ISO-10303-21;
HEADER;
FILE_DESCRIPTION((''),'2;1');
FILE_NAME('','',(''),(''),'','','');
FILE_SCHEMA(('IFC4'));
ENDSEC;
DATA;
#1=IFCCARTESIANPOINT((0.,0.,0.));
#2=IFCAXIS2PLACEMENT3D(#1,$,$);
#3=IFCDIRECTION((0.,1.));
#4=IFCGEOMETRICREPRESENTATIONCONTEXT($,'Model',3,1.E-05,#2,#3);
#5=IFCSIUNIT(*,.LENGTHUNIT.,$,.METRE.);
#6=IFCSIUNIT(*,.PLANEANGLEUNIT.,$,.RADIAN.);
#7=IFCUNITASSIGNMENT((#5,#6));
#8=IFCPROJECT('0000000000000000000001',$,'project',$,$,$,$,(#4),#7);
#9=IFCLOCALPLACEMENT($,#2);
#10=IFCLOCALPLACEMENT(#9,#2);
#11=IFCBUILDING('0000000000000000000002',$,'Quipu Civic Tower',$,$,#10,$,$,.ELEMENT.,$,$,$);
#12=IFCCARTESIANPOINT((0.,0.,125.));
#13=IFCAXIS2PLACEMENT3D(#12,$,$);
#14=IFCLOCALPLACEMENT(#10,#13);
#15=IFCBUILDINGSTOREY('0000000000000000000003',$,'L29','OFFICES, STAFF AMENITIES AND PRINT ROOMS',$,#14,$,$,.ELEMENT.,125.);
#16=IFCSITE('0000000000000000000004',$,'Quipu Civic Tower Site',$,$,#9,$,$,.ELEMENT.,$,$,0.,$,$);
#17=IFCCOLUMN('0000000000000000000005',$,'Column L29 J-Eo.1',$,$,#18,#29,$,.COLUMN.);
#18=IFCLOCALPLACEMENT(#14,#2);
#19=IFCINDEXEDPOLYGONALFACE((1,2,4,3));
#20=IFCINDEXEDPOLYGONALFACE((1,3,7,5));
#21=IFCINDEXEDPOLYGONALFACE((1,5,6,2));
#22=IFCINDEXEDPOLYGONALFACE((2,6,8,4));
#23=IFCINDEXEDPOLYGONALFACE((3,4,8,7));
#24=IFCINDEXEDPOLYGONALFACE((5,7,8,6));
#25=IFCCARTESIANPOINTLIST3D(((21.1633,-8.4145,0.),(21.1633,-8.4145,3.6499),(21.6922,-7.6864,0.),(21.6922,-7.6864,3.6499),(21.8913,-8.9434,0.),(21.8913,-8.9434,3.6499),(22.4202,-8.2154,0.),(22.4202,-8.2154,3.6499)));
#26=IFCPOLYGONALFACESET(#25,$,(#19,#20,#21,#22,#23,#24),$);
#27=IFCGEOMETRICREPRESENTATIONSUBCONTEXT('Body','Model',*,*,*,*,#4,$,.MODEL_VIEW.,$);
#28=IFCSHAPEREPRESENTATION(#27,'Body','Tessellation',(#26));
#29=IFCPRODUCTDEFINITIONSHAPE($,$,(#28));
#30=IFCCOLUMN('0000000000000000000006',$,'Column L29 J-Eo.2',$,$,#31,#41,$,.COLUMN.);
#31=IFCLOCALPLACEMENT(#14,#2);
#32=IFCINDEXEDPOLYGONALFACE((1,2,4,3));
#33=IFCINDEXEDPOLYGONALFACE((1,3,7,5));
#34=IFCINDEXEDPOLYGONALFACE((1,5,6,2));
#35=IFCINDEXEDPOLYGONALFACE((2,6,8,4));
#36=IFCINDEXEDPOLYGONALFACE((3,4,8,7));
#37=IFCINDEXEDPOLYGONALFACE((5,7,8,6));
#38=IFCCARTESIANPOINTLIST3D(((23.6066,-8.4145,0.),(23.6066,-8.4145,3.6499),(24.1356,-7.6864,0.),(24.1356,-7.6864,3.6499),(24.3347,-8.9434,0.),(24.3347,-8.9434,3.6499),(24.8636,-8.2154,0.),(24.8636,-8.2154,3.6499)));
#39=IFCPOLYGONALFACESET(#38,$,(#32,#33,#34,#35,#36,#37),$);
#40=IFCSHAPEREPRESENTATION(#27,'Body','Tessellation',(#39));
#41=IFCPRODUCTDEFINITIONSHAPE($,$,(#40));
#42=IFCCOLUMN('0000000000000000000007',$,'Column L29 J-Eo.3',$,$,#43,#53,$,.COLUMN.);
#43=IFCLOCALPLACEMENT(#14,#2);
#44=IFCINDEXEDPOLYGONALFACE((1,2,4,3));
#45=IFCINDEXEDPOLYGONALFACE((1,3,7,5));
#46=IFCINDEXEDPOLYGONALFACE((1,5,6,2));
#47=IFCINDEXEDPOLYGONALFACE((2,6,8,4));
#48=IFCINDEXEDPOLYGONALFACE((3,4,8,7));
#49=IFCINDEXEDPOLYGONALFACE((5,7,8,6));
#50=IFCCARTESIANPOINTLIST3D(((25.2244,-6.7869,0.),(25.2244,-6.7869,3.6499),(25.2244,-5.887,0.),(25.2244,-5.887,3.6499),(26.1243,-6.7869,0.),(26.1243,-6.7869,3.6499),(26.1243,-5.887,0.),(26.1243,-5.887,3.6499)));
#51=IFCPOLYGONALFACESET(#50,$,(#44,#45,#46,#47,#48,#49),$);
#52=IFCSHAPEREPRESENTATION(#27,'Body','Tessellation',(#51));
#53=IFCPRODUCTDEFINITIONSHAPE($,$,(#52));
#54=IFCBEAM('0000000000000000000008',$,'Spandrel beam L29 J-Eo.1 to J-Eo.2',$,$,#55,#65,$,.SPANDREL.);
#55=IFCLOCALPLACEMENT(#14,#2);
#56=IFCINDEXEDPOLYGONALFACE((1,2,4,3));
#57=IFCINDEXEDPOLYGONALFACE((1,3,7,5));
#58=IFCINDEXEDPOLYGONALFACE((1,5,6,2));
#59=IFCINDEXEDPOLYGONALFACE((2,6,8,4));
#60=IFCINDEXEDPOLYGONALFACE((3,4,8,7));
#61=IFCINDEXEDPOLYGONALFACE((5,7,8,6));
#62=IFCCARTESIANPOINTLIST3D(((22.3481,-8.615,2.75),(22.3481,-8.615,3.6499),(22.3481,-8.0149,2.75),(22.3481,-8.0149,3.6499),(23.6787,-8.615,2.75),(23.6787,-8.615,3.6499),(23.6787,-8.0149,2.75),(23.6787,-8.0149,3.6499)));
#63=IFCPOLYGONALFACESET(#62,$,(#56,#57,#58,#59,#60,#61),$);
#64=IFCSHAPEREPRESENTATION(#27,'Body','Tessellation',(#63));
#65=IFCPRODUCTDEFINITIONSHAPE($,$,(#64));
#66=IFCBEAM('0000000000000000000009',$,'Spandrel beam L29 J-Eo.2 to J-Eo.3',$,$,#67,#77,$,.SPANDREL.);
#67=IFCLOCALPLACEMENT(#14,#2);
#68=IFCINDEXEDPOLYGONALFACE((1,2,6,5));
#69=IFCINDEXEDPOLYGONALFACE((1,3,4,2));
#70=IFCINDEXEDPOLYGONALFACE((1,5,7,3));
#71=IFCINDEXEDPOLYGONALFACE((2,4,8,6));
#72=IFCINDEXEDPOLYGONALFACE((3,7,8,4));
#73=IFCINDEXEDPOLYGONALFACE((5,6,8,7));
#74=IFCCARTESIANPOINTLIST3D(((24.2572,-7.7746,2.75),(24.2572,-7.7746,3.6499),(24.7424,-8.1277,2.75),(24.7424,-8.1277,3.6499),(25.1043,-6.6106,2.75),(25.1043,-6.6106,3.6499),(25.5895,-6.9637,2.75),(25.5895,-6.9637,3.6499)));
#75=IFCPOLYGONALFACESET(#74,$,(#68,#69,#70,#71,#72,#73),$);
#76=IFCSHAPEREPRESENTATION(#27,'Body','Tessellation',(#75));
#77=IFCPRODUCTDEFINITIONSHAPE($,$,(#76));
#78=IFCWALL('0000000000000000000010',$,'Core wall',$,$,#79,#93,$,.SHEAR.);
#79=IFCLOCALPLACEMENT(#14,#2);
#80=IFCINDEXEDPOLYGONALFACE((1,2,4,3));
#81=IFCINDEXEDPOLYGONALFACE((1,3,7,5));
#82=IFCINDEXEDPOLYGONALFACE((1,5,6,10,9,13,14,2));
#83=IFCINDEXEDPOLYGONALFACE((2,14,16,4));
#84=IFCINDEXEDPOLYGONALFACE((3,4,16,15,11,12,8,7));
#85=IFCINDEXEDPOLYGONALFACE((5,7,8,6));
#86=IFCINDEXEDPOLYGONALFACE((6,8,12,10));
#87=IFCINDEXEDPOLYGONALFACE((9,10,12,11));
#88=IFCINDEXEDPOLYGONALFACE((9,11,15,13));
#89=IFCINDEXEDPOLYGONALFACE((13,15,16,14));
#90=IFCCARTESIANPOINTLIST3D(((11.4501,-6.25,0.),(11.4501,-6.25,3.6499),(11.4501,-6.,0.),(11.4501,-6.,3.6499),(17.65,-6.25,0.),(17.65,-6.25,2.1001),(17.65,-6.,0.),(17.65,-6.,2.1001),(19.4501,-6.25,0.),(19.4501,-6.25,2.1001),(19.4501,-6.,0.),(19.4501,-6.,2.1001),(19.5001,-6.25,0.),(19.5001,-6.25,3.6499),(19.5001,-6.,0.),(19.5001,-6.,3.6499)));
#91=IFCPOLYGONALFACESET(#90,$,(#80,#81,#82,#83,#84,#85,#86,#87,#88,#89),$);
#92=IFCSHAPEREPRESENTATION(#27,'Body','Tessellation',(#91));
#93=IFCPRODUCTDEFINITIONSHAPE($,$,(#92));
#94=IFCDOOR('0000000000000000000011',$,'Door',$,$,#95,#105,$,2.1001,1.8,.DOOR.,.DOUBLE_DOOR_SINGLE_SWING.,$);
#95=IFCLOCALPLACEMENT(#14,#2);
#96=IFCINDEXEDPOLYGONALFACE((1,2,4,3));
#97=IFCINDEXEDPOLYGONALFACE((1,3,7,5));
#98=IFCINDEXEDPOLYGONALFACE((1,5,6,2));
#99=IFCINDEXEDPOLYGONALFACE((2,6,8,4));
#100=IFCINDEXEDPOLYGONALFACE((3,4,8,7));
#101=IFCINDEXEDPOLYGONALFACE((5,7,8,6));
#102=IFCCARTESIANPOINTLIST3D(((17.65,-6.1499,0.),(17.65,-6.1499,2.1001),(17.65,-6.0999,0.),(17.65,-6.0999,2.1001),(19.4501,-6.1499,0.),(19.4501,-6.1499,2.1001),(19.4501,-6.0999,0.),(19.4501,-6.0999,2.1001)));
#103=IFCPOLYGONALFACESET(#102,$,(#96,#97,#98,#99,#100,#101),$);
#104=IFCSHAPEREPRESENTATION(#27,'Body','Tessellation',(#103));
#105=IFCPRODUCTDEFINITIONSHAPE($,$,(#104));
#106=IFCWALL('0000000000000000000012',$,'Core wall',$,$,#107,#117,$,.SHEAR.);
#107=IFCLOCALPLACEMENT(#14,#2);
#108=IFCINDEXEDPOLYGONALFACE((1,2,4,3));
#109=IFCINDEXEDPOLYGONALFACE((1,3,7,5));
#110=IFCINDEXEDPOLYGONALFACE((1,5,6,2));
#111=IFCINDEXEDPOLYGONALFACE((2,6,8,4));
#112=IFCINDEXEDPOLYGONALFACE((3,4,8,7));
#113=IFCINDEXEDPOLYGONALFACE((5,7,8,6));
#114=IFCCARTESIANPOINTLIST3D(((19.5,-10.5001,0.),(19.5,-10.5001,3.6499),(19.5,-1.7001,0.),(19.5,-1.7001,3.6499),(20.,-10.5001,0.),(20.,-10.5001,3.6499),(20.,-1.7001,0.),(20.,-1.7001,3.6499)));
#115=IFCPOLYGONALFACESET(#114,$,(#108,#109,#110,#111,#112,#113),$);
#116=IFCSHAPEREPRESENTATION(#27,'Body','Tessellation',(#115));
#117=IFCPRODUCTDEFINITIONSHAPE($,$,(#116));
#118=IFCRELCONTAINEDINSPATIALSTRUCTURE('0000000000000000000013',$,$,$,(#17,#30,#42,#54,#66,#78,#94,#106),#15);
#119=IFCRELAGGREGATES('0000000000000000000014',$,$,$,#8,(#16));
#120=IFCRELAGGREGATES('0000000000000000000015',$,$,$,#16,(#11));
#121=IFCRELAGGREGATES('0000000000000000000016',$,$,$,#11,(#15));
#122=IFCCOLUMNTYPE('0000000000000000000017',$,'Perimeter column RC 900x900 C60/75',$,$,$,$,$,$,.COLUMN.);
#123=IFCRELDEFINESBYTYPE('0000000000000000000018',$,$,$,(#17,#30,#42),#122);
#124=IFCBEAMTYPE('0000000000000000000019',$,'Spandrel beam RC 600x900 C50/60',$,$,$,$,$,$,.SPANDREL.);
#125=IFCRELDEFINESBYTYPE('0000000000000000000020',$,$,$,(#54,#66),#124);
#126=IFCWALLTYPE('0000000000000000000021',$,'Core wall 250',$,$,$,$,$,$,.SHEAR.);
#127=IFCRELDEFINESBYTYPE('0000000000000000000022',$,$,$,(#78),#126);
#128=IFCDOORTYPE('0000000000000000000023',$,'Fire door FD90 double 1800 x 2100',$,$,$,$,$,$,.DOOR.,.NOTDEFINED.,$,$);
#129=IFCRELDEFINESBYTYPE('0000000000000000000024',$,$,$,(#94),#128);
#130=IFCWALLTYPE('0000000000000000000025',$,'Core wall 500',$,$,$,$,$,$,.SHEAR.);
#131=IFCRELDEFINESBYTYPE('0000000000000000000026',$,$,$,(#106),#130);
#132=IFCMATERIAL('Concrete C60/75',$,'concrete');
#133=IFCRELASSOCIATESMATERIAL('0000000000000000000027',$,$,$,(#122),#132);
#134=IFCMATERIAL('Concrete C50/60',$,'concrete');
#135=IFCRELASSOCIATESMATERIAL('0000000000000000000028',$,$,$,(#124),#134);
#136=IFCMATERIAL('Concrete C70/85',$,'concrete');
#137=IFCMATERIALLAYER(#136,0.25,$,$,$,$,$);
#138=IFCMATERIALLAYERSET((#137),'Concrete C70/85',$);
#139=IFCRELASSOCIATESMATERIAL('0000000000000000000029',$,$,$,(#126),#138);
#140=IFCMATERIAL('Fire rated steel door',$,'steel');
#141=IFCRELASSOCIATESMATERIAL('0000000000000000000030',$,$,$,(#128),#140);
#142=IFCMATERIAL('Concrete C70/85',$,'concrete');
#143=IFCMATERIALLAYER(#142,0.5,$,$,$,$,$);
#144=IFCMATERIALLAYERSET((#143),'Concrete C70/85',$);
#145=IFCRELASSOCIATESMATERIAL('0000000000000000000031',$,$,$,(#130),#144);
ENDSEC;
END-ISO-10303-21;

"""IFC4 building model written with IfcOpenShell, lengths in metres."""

from ifc_helpers import new_model, si_unit, direction, frame, frame_2d, origin, origin_2d, place, context, subcontext, project, spatial, rectangle, extrude, material, layer, layer_set, material_profile, profile_set, type_object, element, fill, save


model = new_model("IFC4")

# Units and contexts
model_context = context("Model", 3, precision=1e-05, world=origin(), true_north=direction((0.0, 1.0)))
body_context = subcontext(model_context, "Body", "Model", "MODEL_VIEW")
ifc_project = project(units=[si_unit("LENGTHUNIT", "METRE"), si_unit("PLANEANGLEUNIT", "RADIAN")], contexts=[model_context])

# Site, building, storey
site_placement = place(None, origin())
site = spatial("IfcSite", under=ifc_project, at=site_placement, Name="Quipu Civic Tower Site", CompositionType="ELEMENT", RefElevation=0.0)
building_placement = place(site_placement, origin())
building = spatial("IfcBuilding", under=site, at=building_placement, Name="Quipu Civic Tower", CompositionType="ELEMENT")
storey_placement = place(building_placement, frame((0.0, 0.0, 125.0)))
storey = spatial("IfcBuildingStorey", under=building, at=storey_placement, Name="L29", Description="OFFICES, STAFF AMENITIES AND PRINT ROOMS", CompositionType="ELEMENT", Elevation=125.0)

# Columns
ifc_material_1 = material(Name="Concrete C60/75", Category="concrete")
ifc_material_profile_1 = material_profile(ifc_material_1, rectangle(XDim=0.8999, YDim=0.8999, at=origin_2d()), Name="RC900x900")
ifc_profile_set_1 = profile_set([ifc_material_profile_1], Name="Concrete C60/75")
column_type = type_object("IfcColumnType", Name="Perimeter column RC 900x900 C60/75", PredefinedType="COLUMN", material=ifc_profile_set_1)
for number, where, z_axis, x_axis, name in (
    (1, (21.7917, -8.3149, 0.0), (0.0, 0.0, 1.0), (0.587785, 0.809017, 0.0), "Column L29 J-Eo.1"),
    (2, (24.2351, -8.3149, 0.0), (0.0, 0.0, 1.0), (0.587785, 0.809017, 0.0), "Column L29 J-Eo.2"),
    (3, (25.6743, -6.3369, 0.0), (0.0, 0.0, 1.0), (1.0, 0.0, 0.0), "Column L29 J-Eo.3"),
):
    element("IfcColumn", number, at=place(storey_placement, frame(where, z_axis=z_axis, x_axis=x_axis)), inside=storey, type_object=column_type, Name=name, PredefinedType="COLUMN", context=body_context, shape_type="SweptSolid", body=[
        extrude(rectangle(XDim=0.8999, YDim=0.8999, at=origin_2d()), origin(), (0.0, 0.0, 1.0), 3.6499),
    ])

# Beams
ifc_material_2 = material(Name="Concrete C50/60", Category="concrete")
ifc_material_profile_2 = material_profile(ifc_material_2, rectangle(XDim=0.6001, YDim=0.8999, at=origin_2d()), Name="RC600x900")
ifc_profile_set_2 = profile_set([ifc_material_profile_2], Name="Concrete C50/60")
beam_type = type_object("IfcBeamType", Name="Spandrel beam RC 600x900 C50/60", PredefinedType="SPANDREL", material=ifc_profile_set_2)
beam_1_placement = place(storey_placement, frame((22.3481, -8.3149, 3.2), z_axis=(1.0, 0.0, 0.0), x_axis=(0.0, 1.0, 0.0)))
element("IfcBeam", 4, at=beam_1_placement, inside=storey, type_object=beam_type, Name="Spandrel beam L29 J-Eo.1 to J-Eo.2", PredefinedType="SPANDREL", context=body_context, shape_type="SweptSolid", body=[
    extrude(rectangle(XDim=0.6001, YDim=0.8999, at=origin_2d()), origin(), (0.0, 0.0, 1.0), 1.3306),
])
beam_2_placement = place(storey_placement, frame((24.4998, -7.9512, 3.2), z_axis=(0.588434, 0.808545, 0.0), x_axis=(-0.808545, 0.588434, 0.0)))
element("IfcBeam", 5, at=beam_2_placement, inside=storey, type_object=beam_type, Name="Spandrel beam L29 J-Eo.2 to J-Eo.3", PredefinedType="SPANDREL", context=body_context, shape_type="SweptSolid", body=[
    extrude(rectangle(XDim=0.6001, YDim=0.8999, at=origin_2d()), origin(), (0.0, 0.0, 1.0), 1.4397),
])

# Wall, opening, door
ifc_material_3 = material(Name="Concrete C70/85", Category="concrete")
ifc_layer_1 = layer(ifc_material_3, 0.25)
ifc_layer_set_1 = layer_set([ifc_layer_1], Name="Concrete C70/85")
wall_type_1 = type_object("IfcWallType", Name="Core wall 250", PredefinedType="SHEAR", material=ifc_layer_set_1)
wall_1_placement = place(storey_placement, frame((19.5, -6.125, 0.0), z_axis=(0.0, 0.0, 1.0), x_axis=(-1.0, 0.0, 0.0)))
wall_1 = element("IfcWall", 6, at=wall_1_placement, inside=storey, type_object=wall_type_1, Name="Core wall", PredefinedType="SHEAR", context=body_context, shape_type="SweptSolid", body=[
    extrude(rectangle(XDim=8.05, YDim=0.25, at=frame_2d((4.0249, 0.0))), origin(), (0.0, 0.0, 1.0), 3.6499),
])
opening_1_placement = place(wall_1_placement, frame((0.05, 0.0, 0.0)))
opening_1 = element("IfcOpeningElement", 7, at=opening_1_placement, cuts=wall_1, PredefinedType="OPENING", context=body_context, shape_type="SweptSolid", body=[
    extrude(rectangle(XDim=1.8, YDim=2.1001, at=frame_2d((0.8999, 1.05))), frame((0.0, 0.135, 0.0), z_axis=(0.0, -1.0, 0.0), x_axis=(1.0, 0.0, 0.0)), (0.0, 0.0, 1.0), 0.27),
])
ifc_material_4 = material(Name="Fire rated steel door", Category="steel")
door_type_1 = type_object("IfcDoorType", Name="Fire door FD90 double 1800 x 2100", OperationType="NOTDEFINED", PredefinedType="DOOR", material=ifc_material_4)
door_1_placement = place(opening_1_placement, origin())
door_1 = element("IfcDoor", 8, at=door_1_placement, inside=storey, type_object=door_type_1, Name="Door", OperationType="DOUBLE_DOOR_SINGLE_SWING", OverallHeight=2.1001, OverallWidth=1.8, PredefinedType="DOOR", context=body_context, shape_type="SweptSolid", body=[
    extrude(rectangle(XDim=1.8, YDim=2.1001, at=frame_2d((0.8999, 1.05))), frame((0.0, 0.0249, 0.0), z_axis=(0.0, -1.0, 0.0), x_axis=(1.0, 0.0, 0.0)), (0.0, 0.0, 1.0), 0.05),
])
fill(opening_1, door_1)

# Wall
ifc_material_5 = material(Name="Concrete C70/85", Category="concrete")
ifc_layer_2 = layer(ifc_material_5, 0.5)
ifc_layer_set_2 = layer_set([ifc_layer_2], Name="Concrete C70/85")
wall_type_2 = type_object("IfcWallType", Name="Core wall 500", PredefinedType="SHEAR", material=ifc_layer_set_2)
wall_2_placement = place(storey_placement, frame((19.75, -10.5, 0.0), z_axis=(0.0, 0.0, 1.0), x_axis=(0.0, 1.0, 0.0)))
element("IfcWall", 9, at=wall_2_placement, inside=storey, type_object=wall_type_2, Name="Core wall", PredefinedType="SHEAR", context=body_context, shape_type="SweptSolid", body=[
    extrude(rectangle(XDim=8.8, YDim=0.5, at=frame_2d((4.3999, 0.0))), origin(), (0.0, 0.0, 1.0), 3.6499),
])

save(model, "model.ifc")
